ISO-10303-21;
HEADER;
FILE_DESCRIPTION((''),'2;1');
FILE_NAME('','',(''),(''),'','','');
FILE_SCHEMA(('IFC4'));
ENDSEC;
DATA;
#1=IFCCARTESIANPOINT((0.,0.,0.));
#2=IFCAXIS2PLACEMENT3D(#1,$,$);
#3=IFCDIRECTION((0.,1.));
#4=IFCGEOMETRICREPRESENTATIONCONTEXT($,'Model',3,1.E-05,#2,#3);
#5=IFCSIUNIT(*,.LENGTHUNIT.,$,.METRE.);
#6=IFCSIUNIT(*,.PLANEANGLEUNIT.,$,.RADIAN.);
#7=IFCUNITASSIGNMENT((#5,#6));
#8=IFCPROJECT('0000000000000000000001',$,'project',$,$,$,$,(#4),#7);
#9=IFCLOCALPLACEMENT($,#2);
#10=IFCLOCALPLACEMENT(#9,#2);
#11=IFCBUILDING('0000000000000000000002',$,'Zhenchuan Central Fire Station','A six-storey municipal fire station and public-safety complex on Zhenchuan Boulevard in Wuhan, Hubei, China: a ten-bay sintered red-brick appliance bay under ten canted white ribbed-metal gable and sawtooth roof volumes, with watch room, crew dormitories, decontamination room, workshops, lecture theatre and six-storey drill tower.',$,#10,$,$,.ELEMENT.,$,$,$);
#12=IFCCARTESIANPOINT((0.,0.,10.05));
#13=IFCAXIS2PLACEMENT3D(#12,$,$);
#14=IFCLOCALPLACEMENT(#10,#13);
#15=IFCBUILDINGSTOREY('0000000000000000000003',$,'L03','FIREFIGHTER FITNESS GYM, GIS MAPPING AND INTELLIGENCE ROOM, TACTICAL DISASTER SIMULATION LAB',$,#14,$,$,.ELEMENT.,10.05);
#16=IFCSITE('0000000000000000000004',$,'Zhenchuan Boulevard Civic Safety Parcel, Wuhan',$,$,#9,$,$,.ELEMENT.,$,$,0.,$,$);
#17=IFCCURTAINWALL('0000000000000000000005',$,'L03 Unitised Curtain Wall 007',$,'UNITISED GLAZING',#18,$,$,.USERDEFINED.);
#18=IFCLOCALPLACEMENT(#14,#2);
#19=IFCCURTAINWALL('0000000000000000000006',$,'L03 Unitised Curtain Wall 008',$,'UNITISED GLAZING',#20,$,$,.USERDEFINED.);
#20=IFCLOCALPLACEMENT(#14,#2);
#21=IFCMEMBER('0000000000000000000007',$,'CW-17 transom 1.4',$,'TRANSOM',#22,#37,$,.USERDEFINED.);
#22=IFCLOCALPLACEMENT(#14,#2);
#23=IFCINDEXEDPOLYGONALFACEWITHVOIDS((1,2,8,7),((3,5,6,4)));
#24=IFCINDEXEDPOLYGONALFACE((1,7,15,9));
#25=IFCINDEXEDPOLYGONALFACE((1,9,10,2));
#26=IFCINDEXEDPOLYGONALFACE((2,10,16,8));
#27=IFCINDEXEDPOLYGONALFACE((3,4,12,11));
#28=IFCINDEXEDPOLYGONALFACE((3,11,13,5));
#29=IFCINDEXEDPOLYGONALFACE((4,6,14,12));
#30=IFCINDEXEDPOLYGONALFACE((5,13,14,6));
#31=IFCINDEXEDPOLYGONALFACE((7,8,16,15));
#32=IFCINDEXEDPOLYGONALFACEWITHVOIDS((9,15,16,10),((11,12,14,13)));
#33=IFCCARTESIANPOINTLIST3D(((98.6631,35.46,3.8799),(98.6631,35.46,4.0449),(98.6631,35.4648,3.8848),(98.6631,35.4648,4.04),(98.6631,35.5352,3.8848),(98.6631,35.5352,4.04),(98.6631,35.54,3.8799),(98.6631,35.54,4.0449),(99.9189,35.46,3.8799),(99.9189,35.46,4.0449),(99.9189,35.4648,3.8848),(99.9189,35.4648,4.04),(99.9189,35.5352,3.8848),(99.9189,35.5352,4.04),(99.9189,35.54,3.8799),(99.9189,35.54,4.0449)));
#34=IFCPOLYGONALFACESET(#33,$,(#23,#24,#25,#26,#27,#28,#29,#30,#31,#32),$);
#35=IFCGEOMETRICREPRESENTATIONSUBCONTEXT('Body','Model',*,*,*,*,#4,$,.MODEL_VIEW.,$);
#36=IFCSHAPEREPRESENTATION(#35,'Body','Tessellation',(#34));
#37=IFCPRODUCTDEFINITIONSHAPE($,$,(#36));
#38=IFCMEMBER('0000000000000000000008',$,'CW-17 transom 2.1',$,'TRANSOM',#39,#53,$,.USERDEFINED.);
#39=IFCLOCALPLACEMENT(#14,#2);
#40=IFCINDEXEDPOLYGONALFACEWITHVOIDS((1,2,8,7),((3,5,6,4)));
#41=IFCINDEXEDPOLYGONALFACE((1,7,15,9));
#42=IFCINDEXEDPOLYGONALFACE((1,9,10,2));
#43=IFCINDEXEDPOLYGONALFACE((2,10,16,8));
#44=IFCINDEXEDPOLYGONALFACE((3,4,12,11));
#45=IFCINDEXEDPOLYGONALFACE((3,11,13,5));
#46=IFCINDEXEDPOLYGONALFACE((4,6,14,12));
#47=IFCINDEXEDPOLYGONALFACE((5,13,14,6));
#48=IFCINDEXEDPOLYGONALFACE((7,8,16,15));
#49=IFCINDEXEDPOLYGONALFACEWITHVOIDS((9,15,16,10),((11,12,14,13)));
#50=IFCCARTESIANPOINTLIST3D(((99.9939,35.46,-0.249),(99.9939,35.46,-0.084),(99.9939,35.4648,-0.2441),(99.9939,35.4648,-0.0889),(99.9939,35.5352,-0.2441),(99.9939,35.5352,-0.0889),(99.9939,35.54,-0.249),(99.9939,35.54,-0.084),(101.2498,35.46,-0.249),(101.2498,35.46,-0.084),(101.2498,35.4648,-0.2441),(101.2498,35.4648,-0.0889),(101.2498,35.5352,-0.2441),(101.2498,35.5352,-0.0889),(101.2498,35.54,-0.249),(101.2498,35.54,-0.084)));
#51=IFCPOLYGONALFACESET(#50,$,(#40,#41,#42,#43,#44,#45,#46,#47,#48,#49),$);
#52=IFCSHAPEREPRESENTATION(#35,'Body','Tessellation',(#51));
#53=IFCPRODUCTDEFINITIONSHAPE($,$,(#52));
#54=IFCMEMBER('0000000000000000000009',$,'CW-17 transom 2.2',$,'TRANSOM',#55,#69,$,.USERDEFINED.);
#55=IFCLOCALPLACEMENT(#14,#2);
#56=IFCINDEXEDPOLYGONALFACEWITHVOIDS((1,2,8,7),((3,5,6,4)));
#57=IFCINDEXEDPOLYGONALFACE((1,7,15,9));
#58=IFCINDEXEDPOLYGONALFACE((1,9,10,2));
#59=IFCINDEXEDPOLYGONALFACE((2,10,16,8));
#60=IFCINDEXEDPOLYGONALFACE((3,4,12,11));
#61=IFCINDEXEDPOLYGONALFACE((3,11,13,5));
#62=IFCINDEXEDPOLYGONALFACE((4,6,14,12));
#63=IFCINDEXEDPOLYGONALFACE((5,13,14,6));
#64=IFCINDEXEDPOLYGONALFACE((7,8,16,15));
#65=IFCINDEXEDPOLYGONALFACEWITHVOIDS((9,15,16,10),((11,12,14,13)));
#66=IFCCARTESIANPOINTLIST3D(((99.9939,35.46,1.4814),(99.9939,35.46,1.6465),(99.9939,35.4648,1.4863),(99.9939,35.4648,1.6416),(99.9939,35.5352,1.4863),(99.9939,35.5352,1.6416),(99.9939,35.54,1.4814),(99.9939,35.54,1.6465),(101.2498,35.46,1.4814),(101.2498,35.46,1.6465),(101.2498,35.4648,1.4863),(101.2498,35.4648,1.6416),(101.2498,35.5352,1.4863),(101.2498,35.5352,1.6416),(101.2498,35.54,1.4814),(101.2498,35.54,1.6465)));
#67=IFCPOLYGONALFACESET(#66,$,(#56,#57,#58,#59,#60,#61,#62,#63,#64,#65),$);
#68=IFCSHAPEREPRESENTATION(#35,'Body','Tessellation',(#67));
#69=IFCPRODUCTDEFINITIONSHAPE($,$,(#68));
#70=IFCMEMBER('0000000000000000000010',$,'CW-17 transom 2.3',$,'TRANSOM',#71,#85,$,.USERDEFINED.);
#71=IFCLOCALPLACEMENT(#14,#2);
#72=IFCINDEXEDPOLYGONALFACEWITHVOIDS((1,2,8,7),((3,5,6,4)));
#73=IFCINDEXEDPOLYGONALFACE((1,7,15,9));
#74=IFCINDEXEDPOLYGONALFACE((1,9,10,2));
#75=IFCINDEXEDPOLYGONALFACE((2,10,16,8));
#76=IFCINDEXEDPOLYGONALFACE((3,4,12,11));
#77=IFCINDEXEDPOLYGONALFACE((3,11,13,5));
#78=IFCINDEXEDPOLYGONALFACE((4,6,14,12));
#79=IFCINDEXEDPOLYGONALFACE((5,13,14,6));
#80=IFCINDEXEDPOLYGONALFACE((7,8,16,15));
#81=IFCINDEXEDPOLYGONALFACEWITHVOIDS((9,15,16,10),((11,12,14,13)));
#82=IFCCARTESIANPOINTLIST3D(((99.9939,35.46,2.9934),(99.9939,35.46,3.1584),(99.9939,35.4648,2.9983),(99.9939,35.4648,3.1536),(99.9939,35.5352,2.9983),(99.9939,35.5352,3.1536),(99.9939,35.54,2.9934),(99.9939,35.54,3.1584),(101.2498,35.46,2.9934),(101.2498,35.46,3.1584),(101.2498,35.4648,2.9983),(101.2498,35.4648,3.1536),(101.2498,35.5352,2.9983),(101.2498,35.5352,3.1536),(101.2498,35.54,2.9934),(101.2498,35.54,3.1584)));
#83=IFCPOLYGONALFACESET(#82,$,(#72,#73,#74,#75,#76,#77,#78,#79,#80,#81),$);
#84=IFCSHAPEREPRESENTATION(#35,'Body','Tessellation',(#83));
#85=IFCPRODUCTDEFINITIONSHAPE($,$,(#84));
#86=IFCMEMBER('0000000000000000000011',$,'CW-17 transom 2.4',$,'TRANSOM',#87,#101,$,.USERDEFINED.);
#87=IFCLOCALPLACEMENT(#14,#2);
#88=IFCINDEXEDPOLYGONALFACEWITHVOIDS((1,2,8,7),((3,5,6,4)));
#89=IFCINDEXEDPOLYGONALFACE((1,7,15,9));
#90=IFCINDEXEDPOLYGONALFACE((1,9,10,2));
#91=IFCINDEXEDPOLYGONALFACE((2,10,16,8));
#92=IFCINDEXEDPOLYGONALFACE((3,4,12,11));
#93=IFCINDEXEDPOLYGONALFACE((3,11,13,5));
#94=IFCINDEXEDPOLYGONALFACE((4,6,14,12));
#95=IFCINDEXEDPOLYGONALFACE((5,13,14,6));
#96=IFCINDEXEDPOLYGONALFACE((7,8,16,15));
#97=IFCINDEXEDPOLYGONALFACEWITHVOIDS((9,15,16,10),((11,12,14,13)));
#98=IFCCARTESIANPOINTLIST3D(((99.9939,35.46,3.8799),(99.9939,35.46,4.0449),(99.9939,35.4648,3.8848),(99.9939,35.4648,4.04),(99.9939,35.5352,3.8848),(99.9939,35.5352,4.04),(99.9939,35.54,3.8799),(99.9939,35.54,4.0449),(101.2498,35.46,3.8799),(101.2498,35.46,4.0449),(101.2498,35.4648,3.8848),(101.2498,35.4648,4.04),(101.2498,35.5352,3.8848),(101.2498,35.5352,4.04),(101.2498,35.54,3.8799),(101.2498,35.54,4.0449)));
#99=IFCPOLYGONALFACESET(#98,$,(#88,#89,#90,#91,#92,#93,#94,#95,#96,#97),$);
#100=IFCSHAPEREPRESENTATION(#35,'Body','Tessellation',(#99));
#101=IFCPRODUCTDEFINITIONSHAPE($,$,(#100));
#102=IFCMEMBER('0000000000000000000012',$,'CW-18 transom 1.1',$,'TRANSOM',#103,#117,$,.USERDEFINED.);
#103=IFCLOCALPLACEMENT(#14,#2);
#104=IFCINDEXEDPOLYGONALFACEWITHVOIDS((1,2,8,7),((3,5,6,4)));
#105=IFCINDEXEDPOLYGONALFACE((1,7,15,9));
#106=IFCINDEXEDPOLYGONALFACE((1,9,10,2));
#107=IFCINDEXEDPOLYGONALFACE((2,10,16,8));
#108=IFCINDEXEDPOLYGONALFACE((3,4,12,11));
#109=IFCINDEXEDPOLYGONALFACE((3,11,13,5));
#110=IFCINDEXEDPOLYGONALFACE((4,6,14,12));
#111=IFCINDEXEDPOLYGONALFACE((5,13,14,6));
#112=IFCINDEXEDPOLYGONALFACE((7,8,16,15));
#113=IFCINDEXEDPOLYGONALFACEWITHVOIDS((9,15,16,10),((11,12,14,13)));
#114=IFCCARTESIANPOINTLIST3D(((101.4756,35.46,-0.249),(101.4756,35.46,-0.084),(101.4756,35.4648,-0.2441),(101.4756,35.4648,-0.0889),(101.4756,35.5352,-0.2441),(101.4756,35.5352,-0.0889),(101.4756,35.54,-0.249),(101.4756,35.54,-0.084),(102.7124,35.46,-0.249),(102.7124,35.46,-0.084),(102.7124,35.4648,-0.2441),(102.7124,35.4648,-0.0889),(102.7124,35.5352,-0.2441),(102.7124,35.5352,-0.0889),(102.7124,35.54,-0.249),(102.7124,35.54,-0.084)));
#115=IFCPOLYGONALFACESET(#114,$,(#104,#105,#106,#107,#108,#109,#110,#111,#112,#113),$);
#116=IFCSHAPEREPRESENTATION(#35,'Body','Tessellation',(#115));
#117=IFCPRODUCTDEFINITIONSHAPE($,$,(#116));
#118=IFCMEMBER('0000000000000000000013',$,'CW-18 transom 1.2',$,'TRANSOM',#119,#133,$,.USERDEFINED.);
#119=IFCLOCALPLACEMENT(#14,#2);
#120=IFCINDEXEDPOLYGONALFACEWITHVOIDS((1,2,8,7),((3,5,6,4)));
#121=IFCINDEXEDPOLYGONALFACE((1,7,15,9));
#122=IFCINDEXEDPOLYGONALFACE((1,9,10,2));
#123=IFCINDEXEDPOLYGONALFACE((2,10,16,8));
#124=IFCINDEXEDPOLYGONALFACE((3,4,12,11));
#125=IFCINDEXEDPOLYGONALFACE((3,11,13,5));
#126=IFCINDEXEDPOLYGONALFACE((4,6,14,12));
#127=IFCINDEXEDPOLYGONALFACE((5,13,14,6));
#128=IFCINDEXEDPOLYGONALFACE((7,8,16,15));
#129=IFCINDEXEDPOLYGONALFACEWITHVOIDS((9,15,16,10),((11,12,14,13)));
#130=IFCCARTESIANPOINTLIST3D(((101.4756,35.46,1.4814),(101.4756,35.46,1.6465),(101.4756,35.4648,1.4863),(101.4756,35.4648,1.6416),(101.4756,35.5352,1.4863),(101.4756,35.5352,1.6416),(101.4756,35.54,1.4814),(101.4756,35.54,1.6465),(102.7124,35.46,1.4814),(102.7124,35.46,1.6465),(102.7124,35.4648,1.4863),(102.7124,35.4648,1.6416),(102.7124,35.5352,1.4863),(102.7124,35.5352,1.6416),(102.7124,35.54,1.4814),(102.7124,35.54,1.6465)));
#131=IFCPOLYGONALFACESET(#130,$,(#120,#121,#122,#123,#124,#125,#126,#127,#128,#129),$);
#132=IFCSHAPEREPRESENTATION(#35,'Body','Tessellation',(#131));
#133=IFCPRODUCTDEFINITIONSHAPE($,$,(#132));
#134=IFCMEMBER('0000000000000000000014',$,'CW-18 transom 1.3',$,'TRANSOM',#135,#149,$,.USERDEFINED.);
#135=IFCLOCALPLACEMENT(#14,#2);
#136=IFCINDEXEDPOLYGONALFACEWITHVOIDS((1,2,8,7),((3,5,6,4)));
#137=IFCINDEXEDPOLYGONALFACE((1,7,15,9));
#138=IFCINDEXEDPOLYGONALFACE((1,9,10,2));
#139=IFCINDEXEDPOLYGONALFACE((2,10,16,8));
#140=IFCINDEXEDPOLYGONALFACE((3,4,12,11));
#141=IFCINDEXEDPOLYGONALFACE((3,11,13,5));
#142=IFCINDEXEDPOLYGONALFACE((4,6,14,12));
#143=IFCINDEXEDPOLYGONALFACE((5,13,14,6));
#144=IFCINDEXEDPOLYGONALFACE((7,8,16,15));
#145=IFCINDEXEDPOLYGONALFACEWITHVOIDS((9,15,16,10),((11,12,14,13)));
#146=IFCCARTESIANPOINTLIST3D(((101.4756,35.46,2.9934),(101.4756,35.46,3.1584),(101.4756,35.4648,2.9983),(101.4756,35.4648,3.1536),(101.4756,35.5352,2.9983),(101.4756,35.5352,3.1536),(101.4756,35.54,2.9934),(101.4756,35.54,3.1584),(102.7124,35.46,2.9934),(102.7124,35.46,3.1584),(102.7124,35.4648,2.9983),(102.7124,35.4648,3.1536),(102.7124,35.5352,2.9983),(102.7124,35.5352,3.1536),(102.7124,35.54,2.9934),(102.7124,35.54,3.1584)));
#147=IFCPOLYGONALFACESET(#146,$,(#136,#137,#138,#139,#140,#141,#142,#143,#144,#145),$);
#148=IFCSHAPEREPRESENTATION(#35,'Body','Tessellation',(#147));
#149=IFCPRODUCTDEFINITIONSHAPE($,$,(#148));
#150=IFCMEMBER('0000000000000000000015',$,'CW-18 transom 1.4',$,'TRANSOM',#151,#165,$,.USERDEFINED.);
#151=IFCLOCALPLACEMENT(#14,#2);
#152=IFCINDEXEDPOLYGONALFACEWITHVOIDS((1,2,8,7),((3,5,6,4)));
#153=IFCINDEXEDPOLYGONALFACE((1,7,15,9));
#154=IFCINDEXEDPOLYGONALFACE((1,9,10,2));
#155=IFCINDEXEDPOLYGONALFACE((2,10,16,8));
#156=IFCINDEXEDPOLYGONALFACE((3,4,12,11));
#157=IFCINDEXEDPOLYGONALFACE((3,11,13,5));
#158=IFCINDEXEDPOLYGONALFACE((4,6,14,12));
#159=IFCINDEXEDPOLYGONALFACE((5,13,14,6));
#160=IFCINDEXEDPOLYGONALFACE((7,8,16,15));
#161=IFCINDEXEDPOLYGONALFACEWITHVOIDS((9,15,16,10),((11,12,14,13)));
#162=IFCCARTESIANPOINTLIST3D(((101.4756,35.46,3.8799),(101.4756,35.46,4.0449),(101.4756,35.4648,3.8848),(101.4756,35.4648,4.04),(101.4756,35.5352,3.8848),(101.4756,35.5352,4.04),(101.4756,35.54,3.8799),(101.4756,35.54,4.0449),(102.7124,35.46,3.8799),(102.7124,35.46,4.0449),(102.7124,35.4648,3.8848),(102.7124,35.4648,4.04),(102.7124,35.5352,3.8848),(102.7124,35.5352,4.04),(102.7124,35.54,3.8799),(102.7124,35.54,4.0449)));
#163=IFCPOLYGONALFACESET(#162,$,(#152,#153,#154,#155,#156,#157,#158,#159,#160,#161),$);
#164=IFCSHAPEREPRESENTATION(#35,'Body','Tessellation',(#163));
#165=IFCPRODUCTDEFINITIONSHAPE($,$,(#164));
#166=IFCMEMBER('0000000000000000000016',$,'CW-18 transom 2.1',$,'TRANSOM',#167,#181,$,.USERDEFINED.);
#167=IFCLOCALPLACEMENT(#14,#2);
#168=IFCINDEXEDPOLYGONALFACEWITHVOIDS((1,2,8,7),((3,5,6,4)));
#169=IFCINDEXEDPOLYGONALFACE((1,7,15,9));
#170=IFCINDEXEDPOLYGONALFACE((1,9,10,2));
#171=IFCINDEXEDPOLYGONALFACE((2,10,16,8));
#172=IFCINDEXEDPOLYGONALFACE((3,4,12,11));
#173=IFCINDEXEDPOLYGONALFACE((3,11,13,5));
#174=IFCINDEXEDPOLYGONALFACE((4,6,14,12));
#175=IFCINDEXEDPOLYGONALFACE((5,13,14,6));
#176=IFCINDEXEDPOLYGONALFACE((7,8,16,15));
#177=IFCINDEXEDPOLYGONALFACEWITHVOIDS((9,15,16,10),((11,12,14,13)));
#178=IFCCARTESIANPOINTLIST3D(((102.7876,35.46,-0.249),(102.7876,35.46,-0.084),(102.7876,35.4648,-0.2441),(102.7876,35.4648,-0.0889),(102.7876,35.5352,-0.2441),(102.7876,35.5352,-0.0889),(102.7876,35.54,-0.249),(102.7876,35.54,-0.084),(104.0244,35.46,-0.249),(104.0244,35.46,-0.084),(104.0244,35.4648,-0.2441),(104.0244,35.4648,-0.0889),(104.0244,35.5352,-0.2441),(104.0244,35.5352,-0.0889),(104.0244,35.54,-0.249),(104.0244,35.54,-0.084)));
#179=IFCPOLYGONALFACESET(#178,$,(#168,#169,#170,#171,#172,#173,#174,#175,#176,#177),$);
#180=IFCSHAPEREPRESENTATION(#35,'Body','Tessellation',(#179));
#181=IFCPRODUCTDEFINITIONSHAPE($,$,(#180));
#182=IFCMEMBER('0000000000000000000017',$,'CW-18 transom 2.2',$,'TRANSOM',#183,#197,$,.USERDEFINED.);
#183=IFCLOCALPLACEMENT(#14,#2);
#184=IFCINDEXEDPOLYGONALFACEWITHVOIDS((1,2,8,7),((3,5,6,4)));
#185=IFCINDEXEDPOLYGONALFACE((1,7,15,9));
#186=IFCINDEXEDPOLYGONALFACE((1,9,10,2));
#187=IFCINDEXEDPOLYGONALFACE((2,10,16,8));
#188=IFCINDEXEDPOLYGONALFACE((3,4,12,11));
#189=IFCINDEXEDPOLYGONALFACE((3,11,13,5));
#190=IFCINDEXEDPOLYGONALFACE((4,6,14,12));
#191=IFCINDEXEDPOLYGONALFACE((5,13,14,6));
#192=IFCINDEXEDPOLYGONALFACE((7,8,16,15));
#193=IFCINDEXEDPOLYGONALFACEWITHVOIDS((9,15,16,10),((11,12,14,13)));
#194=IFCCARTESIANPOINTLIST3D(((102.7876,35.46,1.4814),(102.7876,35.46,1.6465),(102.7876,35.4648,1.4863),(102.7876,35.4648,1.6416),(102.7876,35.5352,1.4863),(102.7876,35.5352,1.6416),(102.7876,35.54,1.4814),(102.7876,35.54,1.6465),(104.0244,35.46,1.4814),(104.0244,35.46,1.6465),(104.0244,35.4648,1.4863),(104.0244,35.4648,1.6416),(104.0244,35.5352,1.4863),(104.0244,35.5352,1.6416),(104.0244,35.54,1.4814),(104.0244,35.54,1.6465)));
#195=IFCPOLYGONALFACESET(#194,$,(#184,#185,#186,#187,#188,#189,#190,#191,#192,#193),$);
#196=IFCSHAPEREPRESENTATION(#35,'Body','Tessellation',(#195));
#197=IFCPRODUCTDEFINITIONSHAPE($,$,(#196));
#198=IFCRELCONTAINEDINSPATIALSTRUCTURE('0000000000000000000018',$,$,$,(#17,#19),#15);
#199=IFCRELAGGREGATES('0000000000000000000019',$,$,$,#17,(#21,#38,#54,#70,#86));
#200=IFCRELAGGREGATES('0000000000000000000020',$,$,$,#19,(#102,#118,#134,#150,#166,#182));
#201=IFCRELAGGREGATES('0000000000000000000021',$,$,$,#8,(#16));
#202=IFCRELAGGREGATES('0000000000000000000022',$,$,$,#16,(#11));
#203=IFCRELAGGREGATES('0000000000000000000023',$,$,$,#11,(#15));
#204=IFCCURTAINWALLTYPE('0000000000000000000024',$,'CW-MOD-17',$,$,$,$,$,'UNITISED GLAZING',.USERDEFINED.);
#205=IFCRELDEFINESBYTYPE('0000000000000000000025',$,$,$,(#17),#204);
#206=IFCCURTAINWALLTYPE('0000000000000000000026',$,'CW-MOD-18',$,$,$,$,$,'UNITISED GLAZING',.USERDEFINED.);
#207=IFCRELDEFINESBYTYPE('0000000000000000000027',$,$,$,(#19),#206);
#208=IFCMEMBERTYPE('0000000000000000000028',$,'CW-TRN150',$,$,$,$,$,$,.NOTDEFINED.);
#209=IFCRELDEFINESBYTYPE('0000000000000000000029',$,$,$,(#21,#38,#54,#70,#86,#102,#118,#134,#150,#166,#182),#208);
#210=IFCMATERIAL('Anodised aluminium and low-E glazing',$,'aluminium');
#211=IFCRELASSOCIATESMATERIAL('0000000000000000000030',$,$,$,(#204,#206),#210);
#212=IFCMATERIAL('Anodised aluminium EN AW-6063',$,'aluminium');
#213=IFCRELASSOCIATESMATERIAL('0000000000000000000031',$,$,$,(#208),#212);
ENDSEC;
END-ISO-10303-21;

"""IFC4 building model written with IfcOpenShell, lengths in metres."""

from ifc_helpers import new_model, si_unit, direction, frame, origin, origin_2d, place, context, subcontext, project, spatial, hollow_rectangle, extrude, material, material_profile, profile_set, type_object, element, aggregate, save


model = new_model("IFC4")

# Units and contexts
model_context = context("Model", 3, precision=1e-05, world=origin(), true_north=direction((0.0, 1.0)))
body_context = subcontext(model_context, "Body", "Model", "MODEL_VIEW")
ifc_project = project(units=[si_unit("LENGTHUNIT", "METRE"), si_unit("PLANEANGLEUNIT", "RADIAN")], contexts=[model_context])

# Site, building, storey
site_placement = place(None, origin())
site = spatial("IfcSite", under=ifc_project, at=site_placement, Name="Zhenchuan Boulevard Civic Safety Parcel, Wuhan", CompositionType="ELEMENT", RefElevation=0.0)
building_placement = place(site_placement, origin())
building = spatial("IfcBuilding", under=site, at=building_placement, Name="Zhenchuan Central Fire Station", Description="A six-storey municipal fire station and public-safety complex on Zhenchuan Boulevard in Wuhan, Hubei, China: a ten-bay sintered red-brick appliance bay under ten canted white ribbed-metal gable and sawtooth roof volumes, with watch room, crew dormitories, decontamination room, workshops, lecture theatre and six-storey drill tower.", CompositionType="ELEMENT")
storey_placement = place(building_placement, frame((0.0, 0.0, 10.05)))
storey = spatial("IfcBuildingStorey", under=building, at=storey_placement, Name="L03", Description="FIREFIGHTER FITNESS GYM, GIS MAPPING AND INTELLIGENCE ROOM, TACTICAL DISASTER SIMULATION LAB", CompositionType="ELEMENT", Elevation=10.05)

# Curtain walls
ifc_material_1 = material(Name="Anodised aluminium and low-E glazing", Category="aluminium")
curtain_wall_type_1 = type_object("IfcCurtainWallType", Name="CW-MOD-17", ElementType="UNITISED GLAZING", PredefinedType="USERDEFINED", material=ifc_material_1)
curtain_wall_1_placement = place(storey_placement, origin())
curtain_wall_1 = element("IfcCurtainWall", 1, at=curtain_wall_1_placement, inside=storey, type_object=curtain_wall_type_1, Name="L03 Unitised Curtain Wall 007", ObjectType="UNITISED GLAZING", PredefinedType="USERDEFINED")
ifc_material_2 = material(Name="Anodised aluminium EN AW-6063", Category="aluminium")
curtain_wall_type_2 = type_object("IfcCurtainWallType", Name="CW-MOD-18", ElementType="UNITISED GLAZING", PredefinedType="USERDEFINED", material=ifc_material_1)
curtain_wall_2_placement = place(storey_placement, origin())
curtain_wall_2 = element("IfcCurtainWall", 2, at=curtain_wall_2_placement, inside=storey, type_object=curtain_wall_type_2, Name="L03 Unitised Curtain Wall 008", ObjectType="UNITISED GLAZING", PredefinedType="USERDEFINED")

# Members
ifc_material_profile_1 = material_profile(ifc_material_2, hollow_rectangle(XDim=0.0801, YDim=0.165, WallThickness=0.0049, at=origin_2d()), Name="ALU-T 165x80")
ifc_profile_set_1 = profile_set([ifc_material_profile_1], Name="Anodised aluminium EN AW-6063")
member_type_1 = type_object("IfcMemberType", Name="CW-TRN150", PredefinedType="NOTDEFINED", material=ifc_profile_set_1)
member_1_placement = place(storey_placement, frame((98.6631, 35.5, 3.9624), z_axis=(1.0, 0.0, 0.0), x_axis=(0.0, 1.0, 0.0)))
member_1 = element("IfcMember", 3, at=member_1_placement, type_object=member_type_1, Name="CW-17 transom 1.4", ObjectType="TRANSOM", PredefinedType="USERDEFINED", context=body_context, shape_type="SweptSolid", body=[
    extrude(hollow_rectangle(XDim=0.0801, YDim=0.165, WallThickness=0.0049, at=origin_2d()), origin(), (0.0, 0.0, 1.0), 1.2559),
])
member_2_placement = place(storey_placement, frame((99.9939, 35.5, -0.1665), z_axis=(1.0, 0.0, 0.0), x_axis=(0.0, 1.0, 0.0)))
member_2 = element("IfcMember", 4, at=member_2_placement, type_object=member_type_1, Name="CW-17 transom 2.1", ObjectType="TRANSOM", PredefinedType="USERDEFINED", context=body_context, shape_type="SweptSolid", body=[
    extrude(hollow_rectangle(XDim=0.0801, YDim=0.165, WallThickness=0.0049, at=origin_2d()), origin(), (0.0, 0.0, 1.0), 1.2559),
])
member_3_placement = place(storey_placement, frame((99.9939, 35.5, 1.564), z_axis=(1.0, 0.0, 0.0), x_axis=(0.0, 1.0, 0.0)))
member_3 = element("IfcMember", 5, at=member_3_placement, type_object=member_type_1, Name="CW-17 transom 2.2", ObjectType="TRANSOM", PredefinedType="USERDEFINED", context=body_context, shape_type="SweptSolid", body=[
    extrude(hollow_rectangle(XDim=0.0801, YDim=0.165, WallThickness=0.0049, at=origin_2d()), origin(), (0.0, 0.0, 1.0), 1.2559),
])
member_4_placement = place(storey_placement, frame((99.9939, 35.5, 3.0759), z_axis=(1.0, 0.0, 0.0), x_axis=(0.0, 1.0, 0.0)))
member_4 = element("IfcMember", 6, at=member_4_placement, type_object=member_type_1, Name="CW-17 transom 2.3", ObjectType="TRANSOM", PredefinedType="USERDEFINED", context=body_context, shape_type="SweptSolid", body=[
    extrude(hollow_rectangle(XDim=0.0801, YDim=0.165, WallThickness=0.0049, at=origin_2d()), origin(), (0.0, 0.0, 1.0), 1.2559),
])
member_5_placement = place(storey_placement, frame((99.9939, 35.5, 3.9624), z_axis=(1.0, 0.0, 0.0), x_axis=(0.0, 1.0, 0.0)))
member_5 = element("IfcMember", 7, at=member_5_placement, type_object=member_type_1, Name="CW-17 transom 2.4", ObjectType="TRANSOM", PredefinedType="USERDEFINED", context=body_context, shape_type="SweptSolid", body=[
    extrude(hollow_rectangle(XDim=0.0801, YDim=0.165, WallThickness=0.0049, at=origin_2d()), origin(), (0.0, 0.0, 1.0), 1.2559),
])
member_6_placement = place(storey_placement, frame((101.4756, 35.5, -0.1665), z_axis=(1.0, 0.0, 0.0), x_axis=(0.0, 1.0, 0.0)))
member_6 = element("IfcMember", 8, at=member_6_placement, type_object=member_type_1, Name="CW-18 transom 1.1", ObjectType="TRANSOM", PredefinedType="USERDEFINED", context=body_context, shape_type="SweptSolid", body=[
    extrude(hollow_rectangle(XDim=0.0801, YDim=0.165, WallThickness=0.0049, at=origin_2d()), origin(), (0.0, 0.0, 1.0), 1.2368),
])
member_7_placement = place(storey_placement, frame((101.4756, 35.5, 1.564), z_axis=(1.0, 0.0, 0.0), x_axis=(0.0, 1.0, 0.0)))
member_7 = element("IfcMember", 9, at=member_7_placement, type_object=member_type_1, Name="CW-18 transom 1.2", ObjectType="TRANSOM", PredefinedType="USERDEFINED", context=body_context, shape_type="SweptSolid", body=[
    extrude(hollow_rectangle(XDim=0.0801, YDim=0.165, WallThickness=0.0049, at=origin_2d()), origin(), (0.0, 0.0, 1.0), 1.2368),
])
member_8_placement = place(storey_placement, frame((101.4756, 35.5, 3.0759), z_axis=(1.0, 0.0, 0.0), x_axis=(0.0, 1.0, 0.0)))
member_8 = element("IfcMember", 10, at=member_8_placement, type_object=member_type_1, Name="CW-18 transom 1.3", ObjectType="TRANSOM", PredefinedType="USERDEFINED", context=body_context, shape_type="SweptSolid", body=[
    extrude(hollow_rectangle(XDim=0.0801, YDim=0.165, WallThickness=0.0049, at=origin_2d()), origin(), (0.0, 0.0, 1.0), 1.2368),
])
member_9_placement = place(storey_placement, frame((101.4756, 35.5, 3.9624), z_axis=(1.0, 0.0, 0.0), x_axis=(0.0, 1.0, 0.0)))
member_9 = element("IfcMember", 11, at=member_9_placement, type_object=member_type_1, Name="CW-18 transom 1.4", ObjectType="TRANSOM", PredefinedType="USERDEFINED", context=body_context, shape_type="SweptSolid", body=[
    extrude(hollow_rectangle(XDim=0.0801, YDim=0.165, WallThickness=0.0049, at=origin_2d()), origin(), (0.0, 0.0, 1.0), 1.2368),
])
member_10_placement = place(storey_placement, frame((102.7876, 35.5, -0.1665), z_axis=(1.0, 0.0, 0.0), x_axis=(0.0, 1.0, 0.0)))
member_10 = element("IfcMember", 12, at=member_10_placement, type_object=member_type_1, Name="CW-18 transom 2.1", ObjectType="TRANSOM", PredefinedType="USERDEFINED", context=body_context, shape_type="SweptSolid", body=[
    extrude(hollow_rectangle(XDim=0.0801, YDim=0.165, WallThickness=0.0049, at=origin_2d()), origin(), (0.0, 0.0, 1.0), 1.2368),
])
member_11_placement = place(storey_placement, frame((102.7876, 35.5, 1.564), z_axis=(1.0, 0.0, 0.0), x_axis=(0.0, 1.0, 0.0)))
member_11 = element("IfcMember", 13, at=member_11_placement, type_object=member_type_1, Name="CW-18 transom 2.2", ObjectType="TRANSOM", PredefinedType="USERDEFINED", context=body_context, shape_type="SweptSolid", body=[
    extrude(hollow_rectangle(XDim=0.0801, YDim=0.165, WallThickness=0.0049, at=origin_2d()), origin(), (0.0, 0.0, 1.0), 1.2368),
])

aggregate(curtain_wall_1, [member_1, member_2, member_3, member_4, member_5])
aggregate(curtain_wall_2, [member_6, member_7, member_8, member_9, member_10, member_11])

save(model, "model.ifc")
